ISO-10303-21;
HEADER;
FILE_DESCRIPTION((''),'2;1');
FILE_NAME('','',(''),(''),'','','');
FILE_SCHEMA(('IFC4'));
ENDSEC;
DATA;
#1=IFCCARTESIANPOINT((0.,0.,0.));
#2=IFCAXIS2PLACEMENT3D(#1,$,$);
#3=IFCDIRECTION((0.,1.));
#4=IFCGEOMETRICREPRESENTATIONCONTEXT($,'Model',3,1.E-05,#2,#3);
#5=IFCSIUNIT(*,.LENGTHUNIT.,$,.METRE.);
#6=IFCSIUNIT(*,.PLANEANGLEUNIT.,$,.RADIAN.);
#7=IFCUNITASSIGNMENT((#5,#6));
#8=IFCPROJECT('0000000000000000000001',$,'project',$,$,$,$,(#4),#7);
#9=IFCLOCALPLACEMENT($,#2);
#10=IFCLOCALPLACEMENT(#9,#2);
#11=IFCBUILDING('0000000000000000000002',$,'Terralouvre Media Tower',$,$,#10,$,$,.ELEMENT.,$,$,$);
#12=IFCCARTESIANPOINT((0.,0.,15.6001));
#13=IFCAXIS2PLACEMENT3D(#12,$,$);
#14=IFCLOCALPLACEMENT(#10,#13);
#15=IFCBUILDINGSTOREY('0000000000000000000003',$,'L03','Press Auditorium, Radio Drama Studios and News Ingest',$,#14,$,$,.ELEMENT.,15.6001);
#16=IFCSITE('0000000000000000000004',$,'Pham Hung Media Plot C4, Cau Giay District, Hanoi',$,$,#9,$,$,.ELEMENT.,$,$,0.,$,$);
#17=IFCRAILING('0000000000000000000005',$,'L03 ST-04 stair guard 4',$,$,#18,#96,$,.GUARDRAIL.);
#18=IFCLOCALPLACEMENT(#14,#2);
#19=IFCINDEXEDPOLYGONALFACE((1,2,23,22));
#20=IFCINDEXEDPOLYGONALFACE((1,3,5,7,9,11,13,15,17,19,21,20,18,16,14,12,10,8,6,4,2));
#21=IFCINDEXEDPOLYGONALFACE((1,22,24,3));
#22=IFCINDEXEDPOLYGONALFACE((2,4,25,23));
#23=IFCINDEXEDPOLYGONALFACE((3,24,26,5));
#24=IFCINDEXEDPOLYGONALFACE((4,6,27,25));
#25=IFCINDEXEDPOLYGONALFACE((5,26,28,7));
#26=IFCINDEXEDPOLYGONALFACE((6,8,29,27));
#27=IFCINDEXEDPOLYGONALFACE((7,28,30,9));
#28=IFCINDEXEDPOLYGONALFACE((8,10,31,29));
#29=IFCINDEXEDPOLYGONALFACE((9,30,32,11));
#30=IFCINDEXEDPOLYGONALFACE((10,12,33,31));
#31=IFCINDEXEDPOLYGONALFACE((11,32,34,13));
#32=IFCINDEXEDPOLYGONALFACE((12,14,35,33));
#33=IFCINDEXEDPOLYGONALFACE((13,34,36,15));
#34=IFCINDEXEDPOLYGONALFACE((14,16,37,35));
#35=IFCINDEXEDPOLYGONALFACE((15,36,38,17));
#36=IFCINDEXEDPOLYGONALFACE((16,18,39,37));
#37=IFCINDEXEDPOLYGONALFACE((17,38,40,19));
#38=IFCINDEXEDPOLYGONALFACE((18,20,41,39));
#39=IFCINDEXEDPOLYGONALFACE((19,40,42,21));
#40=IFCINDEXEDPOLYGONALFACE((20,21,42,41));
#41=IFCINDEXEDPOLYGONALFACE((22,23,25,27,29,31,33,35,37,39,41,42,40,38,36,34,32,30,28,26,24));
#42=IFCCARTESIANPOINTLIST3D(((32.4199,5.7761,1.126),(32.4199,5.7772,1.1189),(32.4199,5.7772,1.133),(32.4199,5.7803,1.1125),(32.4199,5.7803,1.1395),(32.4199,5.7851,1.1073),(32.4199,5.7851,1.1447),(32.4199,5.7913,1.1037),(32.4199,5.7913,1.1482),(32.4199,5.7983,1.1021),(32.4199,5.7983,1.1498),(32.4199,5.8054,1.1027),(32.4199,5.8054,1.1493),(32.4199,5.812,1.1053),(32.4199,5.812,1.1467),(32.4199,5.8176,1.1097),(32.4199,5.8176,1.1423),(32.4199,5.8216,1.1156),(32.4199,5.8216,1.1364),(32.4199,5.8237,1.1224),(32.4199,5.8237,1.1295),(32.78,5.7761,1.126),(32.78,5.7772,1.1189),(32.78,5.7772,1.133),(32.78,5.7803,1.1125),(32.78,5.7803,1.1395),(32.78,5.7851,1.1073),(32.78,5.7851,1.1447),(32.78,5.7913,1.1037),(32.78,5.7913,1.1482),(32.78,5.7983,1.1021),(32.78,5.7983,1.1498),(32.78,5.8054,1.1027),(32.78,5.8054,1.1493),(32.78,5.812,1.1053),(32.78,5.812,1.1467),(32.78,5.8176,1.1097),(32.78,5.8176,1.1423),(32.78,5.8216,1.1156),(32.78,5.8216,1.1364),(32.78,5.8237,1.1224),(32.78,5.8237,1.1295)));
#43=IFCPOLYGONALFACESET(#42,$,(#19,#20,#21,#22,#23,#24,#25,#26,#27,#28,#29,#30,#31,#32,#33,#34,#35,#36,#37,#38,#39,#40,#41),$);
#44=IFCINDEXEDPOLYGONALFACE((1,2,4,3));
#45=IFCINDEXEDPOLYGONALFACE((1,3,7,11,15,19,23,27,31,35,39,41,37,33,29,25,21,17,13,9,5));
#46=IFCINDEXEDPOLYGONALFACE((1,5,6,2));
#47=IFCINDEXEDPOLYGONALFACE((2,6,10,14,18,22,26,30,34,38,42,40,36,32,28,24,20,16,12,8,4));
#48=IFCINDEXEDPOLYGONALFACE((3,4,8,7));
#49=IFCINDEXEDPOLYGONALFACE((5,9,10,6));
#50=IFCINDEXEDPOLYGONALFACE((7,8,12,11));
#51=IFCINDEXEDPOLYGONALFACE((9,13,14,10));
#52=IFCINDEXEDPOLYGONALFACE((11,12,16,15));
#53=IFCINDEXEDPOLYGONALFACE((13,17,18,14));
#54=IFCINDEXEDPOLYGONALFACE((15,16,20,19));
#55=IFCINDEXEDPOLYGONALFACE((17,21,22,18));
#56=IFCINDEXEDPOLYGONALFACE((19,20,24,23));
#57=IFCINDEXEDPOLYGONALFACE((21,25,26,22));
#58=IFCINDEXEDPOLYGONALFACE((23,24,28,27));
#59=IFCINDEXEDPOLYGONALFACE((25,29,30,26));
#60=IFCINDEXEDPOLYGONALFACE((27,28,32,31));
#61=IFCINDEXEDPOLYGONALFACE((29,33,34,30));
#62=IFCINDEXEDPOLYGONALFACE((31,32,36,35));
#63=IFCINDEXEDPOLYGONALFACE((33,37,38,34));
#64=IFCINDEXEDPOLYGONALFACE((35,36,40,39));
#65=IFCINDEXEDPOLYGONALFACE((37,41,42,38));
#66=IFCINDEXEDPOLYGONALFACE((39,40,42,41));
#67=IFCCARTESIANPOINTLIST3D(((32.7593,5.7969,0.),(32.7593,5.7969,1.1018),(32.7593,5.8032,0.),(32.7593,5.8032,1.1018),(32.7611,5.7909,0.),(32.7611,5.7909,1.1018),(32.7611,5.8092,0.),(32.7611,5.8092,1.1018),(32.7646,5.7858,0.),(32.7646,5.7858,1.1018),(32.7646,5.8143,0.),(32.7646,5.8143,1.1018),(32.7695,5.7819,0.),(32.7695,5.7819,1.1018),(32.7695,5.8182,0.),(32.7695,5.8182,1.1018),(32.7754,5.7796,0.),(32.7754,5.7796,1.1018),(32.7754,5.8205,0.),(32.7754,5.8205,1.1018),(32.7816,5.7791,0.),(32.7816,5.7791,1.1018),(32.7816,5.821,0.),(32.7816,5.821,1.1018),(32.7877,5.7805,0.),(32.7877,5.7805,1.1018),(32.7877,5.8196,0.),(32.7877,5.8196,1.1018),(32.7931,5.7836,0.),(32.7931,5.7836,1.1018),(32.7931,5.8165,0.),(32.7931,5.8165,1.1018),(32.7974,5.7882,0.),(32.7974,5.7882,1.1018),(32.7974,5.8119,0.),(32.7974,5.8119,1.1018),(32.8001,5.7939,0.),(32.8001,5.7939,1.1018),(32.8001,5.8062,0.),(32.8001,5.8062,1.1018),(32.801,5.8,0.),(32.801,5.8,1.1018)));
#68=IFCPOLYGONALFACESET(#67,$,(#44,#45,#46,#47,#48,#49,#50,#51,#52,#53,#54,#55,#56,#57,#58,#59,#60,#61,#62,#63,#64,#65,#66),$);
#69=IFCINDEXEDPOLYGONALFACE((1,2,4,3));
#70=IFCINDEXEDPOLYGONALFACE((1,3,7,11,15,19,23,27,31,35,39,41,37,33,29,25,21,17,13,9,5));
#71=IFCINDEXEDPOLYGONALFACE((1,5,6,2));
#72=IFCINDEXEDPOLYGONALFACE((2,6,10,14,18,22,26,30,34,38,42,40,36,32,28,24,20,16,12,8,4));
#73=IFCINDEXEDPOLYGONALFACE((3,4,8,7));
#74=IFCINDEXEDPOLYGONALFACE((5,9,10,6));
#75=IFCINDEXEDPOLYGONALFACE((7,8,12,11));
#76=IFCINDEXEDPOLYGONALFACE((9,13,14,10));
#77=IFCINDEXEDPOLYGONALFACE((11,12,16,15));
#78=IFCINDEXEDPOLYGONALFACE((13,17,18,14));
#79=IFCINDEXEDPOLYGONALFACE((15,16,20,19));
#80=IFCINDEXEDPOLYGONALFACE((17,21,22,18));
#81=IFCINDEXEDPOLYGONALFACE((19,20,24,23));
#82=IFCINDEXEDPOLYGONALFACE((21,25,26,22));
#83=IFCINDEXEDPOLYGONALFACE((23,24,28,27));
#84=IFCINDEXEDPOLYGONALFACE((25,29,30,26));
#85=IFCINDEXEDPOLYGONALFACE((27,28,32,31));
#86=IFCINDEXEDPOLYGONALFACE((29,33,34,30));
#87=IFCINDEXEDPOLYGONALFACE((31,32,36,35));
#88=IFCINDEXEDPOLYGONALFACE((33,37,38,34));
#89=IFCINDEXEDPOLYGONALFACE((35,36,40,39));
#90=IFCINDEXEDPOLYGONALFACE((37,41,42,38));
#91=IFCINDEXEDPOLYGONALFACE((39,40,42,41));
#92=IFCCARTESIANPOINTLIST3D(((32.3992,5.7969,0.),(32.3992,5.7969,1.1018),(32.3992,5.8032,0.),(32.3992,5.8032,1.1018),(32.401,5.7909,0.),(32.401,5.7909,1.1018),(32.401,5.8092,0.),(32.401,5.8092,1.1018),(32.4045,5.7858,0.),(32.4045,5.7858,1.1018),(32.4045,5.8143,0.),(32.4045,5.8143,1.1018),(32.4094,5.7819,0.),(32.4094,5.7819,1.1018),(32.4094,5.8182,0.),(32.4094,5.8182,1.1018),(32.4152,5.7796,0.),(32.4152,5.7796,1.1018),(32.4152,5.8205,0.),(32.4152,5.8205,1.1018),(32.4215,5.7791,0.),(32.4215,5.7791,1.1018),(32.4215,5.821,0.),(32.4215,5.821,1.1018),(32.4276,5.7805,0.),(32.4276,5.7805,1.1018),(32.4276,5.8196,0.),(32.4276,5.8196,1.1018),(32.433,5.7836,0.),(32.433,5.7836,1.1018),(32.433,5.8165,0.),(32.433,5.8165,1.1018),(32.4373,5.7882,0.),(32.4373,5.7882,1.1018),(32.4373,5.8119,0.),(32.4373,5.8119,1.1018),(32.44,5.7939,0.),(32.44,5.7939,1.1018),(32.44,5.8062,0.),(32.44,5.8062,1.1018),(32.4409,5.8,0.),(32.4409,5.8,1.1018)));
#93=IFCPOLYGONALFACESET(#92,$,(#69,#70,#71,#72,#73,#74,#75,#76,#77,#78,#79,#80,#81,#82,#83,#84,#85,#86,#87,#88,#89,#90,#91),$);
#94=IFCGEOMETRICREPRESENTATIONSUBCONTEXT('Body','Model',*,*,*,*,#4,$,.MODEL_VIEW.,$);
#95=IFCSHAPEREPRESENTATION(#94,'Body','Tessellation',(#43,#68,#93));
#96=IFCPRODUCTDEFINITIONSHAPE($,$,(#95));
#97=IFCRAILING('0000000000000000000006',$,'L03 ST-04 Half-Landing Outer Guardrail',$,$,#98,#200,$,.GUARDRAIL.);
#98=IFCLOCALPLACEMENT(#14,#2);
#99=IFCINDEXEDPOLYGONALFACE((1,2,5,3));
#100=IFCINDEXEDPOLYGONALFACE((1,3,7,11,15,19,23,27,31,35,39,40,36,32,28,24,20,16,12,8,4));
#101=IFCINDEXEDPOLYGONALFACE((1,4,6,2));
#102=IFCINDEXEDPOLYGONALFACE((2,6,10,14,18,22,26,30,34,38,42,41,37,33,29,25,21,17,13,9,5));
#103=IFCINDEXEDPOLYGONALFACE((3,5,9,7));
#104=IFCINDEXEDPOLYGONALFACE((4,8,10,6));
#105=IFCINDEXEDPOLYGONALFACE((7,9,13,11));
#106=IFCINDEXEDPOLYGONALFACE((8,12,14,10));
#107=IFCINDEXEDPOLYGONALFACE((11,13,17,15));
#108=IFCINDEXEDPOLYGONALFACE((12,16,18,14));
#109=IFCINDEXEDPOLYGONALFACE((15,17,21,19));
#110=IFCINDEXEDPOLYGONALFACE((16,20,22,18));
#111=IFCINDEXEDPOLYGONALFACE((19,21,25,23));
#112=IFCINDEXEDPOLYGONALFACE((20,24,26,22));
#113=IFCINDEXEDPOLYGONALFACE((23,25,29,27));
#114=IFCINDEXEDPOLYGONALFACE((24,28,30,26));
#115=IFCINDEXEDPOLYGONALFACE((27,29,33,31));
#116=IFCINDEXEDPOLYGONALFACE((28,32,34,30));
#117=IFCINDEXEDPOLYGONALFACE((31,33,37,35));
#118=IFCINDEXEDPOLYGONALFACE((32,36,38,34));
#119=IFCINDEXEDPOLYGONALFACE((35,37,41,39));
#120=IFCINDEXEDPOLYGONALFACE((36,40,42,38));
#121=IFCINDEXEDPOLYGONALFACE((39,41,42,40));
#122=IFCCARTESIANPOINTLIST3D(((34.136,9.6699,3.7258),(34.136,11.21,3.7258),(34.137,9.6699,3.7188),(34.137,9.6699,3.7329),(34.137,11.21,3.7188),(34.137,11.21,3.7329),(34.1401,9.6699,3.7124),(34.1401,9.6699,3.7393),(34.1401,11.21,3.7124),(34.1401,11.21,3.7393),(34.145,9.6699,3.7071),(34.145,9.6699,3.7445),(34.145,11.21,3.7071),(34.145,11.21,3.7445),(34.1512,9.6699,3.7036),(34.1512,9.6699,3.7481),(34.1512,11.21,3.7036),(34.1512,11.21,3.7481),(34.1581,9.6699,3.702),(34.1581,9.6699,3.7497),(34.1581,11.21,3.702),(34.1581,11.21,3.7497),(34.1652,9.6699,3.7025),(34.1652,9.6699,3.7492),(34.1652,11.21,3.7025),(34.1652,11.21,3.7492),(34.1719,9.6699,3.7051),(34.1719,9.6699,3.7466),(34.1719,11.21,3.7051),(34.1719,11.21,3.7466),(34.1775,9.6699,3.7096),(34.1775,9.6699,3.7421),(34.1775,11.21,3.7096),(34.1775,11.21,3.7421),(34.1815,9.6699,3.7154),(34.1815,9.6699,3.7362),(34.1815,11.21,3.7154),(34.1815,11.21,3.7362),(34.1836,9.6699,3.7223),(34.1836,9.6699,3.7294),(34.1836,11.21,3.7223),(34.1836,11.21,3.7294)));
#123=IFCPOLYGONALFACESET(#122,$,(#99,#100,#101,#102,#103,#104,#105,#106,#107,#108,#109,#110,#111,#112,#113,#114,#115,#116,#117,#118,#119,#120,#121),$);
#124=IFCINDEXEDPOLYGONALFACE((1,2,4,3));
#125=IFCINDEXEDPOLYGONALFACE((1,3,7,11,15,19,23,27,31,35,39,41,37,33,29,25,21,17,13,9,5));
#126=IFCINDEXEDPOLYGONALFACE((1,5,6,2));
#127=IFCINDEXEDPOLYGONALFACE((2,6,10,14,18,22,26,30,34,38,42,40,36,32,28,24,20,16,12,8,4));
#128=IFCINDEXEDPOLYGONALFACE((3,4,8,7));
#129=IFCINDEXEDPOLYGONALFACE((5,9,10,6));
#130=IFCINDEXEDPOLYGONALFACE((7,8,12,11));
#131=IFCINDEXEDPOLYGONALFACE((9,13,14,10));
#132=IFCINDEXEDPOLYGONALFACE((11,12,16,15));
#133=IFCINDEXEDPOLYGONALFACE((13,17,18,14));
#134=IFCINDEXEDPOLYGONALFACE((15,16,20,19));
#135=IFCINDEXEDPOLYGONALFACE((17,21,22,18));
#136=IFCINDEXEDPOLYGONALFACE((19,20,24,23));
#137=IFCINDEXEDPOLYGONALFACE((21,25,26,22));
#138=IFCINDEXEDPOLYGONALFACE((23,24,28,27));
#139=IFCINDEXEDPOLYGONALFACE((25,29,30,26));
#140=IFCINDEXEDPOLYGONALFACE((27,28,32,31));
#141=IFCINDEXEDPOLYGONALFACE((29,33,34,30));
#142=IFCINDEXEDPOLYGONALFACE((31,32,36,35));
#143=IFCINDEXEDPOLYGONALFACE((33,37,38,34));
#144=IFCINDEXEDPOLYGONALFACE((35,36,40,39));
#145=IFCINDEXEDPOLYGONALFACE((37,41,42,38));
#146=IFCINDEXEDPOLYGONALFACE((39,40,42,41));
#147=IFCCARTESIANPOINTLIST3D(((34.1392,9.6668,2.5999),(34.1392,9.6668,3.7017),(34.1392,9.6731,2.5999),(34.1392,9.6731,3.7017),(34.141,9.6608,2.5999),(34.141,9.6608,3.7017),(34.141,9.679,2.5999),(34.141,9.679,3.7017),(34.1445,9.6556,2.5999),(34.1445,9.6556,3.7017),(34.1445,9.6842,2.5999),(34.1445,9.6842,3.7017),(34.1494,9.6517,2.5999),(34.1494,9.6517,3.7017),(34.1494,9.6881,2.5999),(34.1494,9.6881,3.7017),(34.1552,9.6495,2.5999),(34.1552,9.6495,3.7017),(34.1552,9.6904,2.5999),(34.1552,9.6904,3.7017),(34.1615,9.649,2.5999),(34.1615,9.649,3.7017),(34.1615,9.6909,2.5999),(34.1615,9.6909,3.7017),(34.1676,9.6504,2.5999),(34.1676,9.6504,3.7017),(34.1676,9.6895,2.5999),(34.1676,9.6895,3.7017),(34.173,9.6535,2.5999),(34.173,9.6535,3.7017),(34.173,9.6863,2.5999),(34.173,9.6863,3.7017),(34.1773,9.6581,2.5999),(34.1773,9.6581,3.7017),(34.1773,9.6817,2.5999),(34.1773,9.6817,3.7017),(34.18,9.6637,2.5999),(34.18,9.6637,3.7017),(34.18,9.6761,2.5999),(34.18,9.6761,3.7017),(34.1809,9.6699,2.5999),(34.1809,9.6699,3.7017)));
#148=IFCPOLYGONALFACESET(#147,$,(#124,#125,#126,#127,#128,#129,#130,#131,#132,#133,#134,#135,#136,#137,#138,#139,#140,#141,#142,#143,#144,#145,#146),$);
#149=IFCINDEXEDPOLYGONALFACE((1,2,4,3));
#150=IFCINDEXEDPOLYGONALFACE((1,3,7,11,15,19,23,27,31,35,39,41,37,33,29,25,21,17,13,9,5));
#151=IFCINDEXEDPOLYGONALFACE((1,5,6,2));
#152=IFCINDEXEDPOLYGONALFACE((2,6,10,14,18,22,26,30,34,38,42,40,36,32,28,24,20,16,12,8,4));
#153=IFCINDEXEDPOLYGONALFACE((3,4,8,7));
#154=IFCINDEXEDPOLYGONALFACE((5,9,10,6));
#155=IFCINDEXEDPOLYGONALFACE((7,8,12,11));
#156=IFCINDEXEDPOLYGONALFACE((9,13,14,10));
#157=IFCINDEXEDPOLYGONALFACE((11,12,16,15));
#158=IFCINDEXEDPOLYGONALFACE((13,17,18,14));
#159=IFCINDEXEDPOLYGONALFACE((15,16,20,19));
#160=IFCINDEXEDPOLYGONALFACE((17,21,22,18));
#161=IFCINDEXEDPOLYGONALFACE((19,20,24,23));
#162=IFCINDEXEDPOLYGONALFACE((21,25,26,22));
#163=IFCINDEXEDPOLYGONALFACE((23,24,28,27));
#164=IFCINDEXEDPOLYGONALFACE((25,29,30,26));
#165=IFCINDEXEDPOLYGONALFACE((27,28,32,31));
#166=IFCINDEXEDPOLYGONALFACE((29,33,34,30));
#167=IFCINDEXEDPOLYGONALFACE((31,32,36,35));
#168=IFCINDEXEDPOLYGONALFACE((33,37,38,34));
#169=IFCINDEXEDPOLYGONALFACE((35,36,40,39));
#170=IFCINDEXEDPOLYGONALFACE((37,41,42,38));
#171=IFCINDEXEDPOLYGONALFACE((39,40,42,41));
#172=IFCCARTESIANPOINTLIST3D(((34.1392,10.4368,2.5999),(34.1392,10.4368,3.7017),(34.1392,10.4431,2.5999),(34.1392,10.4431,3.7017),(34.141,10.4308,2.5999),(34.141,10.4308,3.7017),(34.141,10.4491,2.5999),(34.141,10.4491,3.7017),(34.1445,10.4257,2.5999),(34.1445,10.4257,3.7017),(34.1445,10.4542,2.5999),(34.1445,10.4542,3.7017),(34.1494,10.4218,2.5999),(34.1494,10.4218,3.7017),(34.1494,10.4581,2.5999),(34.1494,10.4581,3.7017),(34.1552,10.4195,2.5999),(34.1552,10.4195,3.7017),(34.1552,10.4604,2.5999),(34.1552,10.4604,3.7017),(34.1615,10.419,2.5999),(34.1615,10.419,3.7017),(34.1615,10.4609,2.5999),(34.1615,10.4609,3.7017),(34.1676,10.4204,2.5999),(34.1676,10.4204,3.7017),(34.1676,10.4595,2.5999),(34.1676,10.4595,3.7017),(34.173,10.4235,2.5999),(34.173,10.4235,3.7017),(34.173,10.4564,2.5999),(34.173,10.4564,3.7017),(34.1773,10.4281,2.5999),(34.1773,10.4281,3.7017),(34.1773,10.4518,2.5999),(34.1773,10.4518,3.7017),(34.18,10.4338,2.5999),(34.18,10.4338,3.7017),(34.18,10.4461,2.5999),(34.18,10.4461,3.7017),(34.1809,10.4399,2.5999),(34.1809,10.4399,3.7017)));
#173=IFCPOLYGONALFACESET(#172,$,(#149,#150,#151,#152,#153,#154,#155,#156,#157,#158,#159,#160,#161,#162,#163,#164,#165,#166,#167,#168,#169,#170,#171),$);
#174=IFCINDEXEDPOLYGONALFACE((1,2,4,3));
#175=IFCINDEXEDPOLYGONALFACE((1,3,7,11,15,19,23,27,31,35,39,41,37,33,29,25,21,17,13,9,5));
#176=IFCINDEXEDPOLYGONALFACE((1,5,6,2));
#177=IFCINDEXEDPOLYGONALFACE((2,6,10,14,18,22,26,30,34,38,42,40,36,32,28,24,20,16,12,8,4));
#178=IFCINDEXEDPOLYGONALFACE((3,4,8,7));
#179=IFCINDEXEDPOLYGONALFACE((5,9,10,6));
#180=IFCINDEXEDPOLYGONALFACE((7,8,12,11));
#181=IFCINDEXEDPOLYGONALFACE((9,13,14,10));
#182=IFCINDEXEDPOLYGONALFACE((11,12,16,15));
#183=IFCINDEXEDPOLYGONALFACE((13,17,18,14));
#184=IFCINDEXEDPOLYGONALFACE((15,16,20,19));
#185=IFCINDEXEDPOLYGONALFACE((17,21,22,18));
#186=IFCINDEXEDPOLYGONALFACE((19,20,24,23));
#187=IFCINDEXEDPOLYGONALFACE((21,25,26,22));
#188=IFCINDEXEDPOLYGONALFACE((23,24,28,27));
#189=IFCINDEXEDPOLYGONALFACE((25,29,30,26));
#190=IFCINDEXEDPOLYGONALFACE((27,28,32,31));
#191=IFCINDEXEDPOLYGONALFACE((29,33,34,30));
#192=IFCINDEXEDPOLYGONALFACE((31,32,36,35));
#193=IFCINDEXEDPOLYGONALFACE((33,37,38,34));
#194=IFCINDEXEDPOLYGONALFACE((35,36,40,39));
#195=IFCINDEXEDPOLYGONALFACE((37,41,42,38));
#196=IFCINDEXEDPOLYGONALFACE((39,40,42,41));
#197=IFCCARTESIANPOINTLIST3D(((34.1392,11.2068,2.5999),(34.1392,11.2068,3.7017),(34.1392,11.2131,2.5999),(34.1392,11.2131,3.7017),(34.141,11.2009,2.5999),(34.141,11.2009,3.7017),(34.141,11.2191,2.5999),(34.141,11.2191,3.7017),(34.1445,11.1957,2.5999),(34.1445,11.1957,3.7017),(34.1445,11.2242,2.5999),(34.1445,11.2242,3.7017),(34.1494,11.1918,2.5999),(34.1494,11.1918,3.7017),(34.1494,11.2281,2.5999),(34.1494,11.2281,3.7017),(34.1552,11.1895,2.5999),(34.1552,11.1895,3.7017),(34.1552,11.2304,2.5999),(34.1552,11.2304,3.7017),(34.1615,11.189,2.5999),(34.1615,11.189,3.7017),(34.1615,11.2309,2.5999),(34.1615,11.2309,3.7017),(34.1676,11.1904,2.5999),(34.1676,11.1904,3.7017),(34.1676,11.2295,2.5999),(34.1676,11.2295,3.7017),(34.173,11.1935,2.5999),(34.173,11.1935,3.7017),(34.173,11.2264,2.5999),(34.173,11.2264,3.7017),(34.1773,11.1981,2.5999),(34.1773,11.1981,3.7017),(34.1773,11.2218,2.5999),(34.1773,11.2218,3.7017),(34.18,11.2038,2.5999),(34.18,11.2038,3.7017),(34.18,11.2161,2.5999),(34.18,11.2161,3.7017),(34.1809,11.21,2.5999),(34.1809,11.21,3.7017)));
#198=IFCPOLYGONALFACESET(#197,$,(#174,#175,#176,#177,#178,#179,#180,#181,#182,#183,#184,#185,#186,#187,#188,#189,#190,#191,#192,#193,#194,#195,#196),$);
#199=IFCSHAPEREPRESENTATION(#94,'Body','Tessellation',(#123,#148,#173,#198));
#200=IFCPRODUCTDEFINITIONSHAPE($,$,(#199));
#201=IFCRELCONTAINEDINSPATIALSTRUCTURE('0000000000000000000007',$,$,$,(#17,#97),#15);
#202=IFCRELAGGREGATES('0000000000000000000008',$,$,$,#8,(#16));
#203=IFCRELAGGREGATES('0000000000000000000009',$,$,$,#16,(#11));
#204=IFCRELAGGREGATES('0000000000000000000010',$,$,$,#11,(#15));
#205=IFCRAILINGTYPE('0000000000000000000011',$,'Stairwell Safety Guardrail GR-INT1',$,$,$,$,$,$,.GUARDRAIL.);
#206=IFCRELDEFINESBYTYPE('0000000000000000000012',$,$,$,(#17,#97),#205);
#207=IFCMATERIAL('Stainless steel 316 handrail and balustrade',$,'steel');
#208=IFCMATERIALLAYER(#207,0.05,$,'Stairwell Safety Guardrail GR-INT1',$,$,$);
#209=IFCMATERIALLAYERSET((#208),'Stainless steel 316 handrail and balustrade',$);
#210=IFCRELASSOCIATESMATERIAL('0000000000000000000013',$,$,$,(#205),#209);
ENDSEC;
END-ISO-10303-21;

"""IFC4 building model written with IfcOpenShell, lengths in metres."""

from ifc_helpers import new_model, si_unit, direction, frame, origin, origin_2d, place, context, subcontext, project, spatial, circle, extrude, material, layer, layer_set, type_object, element, save


model = new_model("IFC4")

# Units and contexts
model_context = context("Model", 3, precision=1e-05, world=origin(), true_north=direction((0.0, 1.0)))
body_context = subcontext(model_context, "Body", "Model", "MODEL_VIEW")
ifc_project = project(units=[si_unit("LENGTHUNIT", "METRE"), si_unit("PLANEANGLEUNIT", "RADIAN")], contexts=[model_context])

# Site, building, storey
site_placement = place(None, origin())
site = spatial("IfcSite", under=ifc_project, at=site_placement, Name="Pham Hung Media Plot C4, Cau Giay District, Hanoi", CompositionType="ELEMENT", RefElevation=0.0)
building_placement = place(site_placement, origin())
building = spatial("IfcBuilding", under=site, at=building_placement, Name="Terralouvre Media Tower", CompositionType="ELEMENT")
storey_placement = place(building_placement, frame((0.0, 0.0, 15.6001)))
storey = spatial("IfcBuildingStorey", under=building, at=storey_placement, Name="L03", Description="Press Auditorium, Radio Drama Studios and News Ingest", CompositionType="ELEMENT", Elevation=15.6001)

# Railings
ifc_material_1 = material(Name="Stainless steel 316 handrail and balustrade", Category="steel")
ifc_layer_1 = layer(ifc_material_1, 0.05, Name="Stairwell Safety Guardrail GR-INT1")
ifc_layer_set_1 = layer_set([ifc_layer_1], Name="Stainless steel 316 handrail and balustrade")
railing_type_1 = type_object("IfcRailingType", Name="Stairwell Safety Guardrail GR-INT1", PredefinedType="GUARDRAIL", material=ifc_layer_set_1)
railing_1_placement = place(storey_placement, frame((32.78, 5.8, 0.0)))
element("IfcRailing", 1, at=railing_1_placement, inside=storey, type_object=railing_type_1, Name="L03 ST-04 stair guard 4", PredefinedType="GUARDRAIL", context=body_context, shape_type="SweptSolid", body=[
    extrude(circle(Radius=0.0239, at=origin_2d()), frame((0.0, 0.0, 1.126), z_axis=(-1.0, 0.0, 0.0), x_axis=(0.0, -1.0, 0.0)), (0.0, 0.0, 1.0), 0.3601),
    extrude(circle(Radius=0.021, at=origin_2d()), origin(), (0.0, 0.0, 1.0), 1.1018),
    extrude(circle(Radius=0.021, at=origin_2d()), frame((-0.3601, 0.0, 0.0)), (0.0, 0.0, 1.0), 1.1018),
])
railing_2_placement = place(storey_placement, frame((34.1599, 9.6699, 2.5999)))
element("IfcRailing", 2, at=railing_2_placement, inside=storey, type_object=railing_type_1, Name="L03 ST-04 Half-Landing Outer Guardrail", PredefinedType="GUARDRAIL", context=body_context, shape_type="SweptSolid", body=[
    extrude(circle(Radius=0.0239, at=origin_2d()), frame((0.0, 0.0, 1.126), z_axis=(0.0, 1.0, 0.0), x_axis=(-1.0, 0.0, 0.0)), (0.0, 0.0, 1.0), 1.54),
    extrude(circle(Radius=0.021, at=origin_2d()), origin(), (0.0, 0.0, 1.0), 1.1018),
    extrude(circle(Radius=0.021, at=origin_2d()), frame((0.0, 0.77, 0.0)), (0.0, 0.0, 1.0), 1.1018),
    extrude(circle(Radius=0.021, at=origin_2d()), frame((0.0, 1.54, 0.0)), (0.0, 0.0, 1.0), 1.1018),
])

save(model, "model.ifc")
